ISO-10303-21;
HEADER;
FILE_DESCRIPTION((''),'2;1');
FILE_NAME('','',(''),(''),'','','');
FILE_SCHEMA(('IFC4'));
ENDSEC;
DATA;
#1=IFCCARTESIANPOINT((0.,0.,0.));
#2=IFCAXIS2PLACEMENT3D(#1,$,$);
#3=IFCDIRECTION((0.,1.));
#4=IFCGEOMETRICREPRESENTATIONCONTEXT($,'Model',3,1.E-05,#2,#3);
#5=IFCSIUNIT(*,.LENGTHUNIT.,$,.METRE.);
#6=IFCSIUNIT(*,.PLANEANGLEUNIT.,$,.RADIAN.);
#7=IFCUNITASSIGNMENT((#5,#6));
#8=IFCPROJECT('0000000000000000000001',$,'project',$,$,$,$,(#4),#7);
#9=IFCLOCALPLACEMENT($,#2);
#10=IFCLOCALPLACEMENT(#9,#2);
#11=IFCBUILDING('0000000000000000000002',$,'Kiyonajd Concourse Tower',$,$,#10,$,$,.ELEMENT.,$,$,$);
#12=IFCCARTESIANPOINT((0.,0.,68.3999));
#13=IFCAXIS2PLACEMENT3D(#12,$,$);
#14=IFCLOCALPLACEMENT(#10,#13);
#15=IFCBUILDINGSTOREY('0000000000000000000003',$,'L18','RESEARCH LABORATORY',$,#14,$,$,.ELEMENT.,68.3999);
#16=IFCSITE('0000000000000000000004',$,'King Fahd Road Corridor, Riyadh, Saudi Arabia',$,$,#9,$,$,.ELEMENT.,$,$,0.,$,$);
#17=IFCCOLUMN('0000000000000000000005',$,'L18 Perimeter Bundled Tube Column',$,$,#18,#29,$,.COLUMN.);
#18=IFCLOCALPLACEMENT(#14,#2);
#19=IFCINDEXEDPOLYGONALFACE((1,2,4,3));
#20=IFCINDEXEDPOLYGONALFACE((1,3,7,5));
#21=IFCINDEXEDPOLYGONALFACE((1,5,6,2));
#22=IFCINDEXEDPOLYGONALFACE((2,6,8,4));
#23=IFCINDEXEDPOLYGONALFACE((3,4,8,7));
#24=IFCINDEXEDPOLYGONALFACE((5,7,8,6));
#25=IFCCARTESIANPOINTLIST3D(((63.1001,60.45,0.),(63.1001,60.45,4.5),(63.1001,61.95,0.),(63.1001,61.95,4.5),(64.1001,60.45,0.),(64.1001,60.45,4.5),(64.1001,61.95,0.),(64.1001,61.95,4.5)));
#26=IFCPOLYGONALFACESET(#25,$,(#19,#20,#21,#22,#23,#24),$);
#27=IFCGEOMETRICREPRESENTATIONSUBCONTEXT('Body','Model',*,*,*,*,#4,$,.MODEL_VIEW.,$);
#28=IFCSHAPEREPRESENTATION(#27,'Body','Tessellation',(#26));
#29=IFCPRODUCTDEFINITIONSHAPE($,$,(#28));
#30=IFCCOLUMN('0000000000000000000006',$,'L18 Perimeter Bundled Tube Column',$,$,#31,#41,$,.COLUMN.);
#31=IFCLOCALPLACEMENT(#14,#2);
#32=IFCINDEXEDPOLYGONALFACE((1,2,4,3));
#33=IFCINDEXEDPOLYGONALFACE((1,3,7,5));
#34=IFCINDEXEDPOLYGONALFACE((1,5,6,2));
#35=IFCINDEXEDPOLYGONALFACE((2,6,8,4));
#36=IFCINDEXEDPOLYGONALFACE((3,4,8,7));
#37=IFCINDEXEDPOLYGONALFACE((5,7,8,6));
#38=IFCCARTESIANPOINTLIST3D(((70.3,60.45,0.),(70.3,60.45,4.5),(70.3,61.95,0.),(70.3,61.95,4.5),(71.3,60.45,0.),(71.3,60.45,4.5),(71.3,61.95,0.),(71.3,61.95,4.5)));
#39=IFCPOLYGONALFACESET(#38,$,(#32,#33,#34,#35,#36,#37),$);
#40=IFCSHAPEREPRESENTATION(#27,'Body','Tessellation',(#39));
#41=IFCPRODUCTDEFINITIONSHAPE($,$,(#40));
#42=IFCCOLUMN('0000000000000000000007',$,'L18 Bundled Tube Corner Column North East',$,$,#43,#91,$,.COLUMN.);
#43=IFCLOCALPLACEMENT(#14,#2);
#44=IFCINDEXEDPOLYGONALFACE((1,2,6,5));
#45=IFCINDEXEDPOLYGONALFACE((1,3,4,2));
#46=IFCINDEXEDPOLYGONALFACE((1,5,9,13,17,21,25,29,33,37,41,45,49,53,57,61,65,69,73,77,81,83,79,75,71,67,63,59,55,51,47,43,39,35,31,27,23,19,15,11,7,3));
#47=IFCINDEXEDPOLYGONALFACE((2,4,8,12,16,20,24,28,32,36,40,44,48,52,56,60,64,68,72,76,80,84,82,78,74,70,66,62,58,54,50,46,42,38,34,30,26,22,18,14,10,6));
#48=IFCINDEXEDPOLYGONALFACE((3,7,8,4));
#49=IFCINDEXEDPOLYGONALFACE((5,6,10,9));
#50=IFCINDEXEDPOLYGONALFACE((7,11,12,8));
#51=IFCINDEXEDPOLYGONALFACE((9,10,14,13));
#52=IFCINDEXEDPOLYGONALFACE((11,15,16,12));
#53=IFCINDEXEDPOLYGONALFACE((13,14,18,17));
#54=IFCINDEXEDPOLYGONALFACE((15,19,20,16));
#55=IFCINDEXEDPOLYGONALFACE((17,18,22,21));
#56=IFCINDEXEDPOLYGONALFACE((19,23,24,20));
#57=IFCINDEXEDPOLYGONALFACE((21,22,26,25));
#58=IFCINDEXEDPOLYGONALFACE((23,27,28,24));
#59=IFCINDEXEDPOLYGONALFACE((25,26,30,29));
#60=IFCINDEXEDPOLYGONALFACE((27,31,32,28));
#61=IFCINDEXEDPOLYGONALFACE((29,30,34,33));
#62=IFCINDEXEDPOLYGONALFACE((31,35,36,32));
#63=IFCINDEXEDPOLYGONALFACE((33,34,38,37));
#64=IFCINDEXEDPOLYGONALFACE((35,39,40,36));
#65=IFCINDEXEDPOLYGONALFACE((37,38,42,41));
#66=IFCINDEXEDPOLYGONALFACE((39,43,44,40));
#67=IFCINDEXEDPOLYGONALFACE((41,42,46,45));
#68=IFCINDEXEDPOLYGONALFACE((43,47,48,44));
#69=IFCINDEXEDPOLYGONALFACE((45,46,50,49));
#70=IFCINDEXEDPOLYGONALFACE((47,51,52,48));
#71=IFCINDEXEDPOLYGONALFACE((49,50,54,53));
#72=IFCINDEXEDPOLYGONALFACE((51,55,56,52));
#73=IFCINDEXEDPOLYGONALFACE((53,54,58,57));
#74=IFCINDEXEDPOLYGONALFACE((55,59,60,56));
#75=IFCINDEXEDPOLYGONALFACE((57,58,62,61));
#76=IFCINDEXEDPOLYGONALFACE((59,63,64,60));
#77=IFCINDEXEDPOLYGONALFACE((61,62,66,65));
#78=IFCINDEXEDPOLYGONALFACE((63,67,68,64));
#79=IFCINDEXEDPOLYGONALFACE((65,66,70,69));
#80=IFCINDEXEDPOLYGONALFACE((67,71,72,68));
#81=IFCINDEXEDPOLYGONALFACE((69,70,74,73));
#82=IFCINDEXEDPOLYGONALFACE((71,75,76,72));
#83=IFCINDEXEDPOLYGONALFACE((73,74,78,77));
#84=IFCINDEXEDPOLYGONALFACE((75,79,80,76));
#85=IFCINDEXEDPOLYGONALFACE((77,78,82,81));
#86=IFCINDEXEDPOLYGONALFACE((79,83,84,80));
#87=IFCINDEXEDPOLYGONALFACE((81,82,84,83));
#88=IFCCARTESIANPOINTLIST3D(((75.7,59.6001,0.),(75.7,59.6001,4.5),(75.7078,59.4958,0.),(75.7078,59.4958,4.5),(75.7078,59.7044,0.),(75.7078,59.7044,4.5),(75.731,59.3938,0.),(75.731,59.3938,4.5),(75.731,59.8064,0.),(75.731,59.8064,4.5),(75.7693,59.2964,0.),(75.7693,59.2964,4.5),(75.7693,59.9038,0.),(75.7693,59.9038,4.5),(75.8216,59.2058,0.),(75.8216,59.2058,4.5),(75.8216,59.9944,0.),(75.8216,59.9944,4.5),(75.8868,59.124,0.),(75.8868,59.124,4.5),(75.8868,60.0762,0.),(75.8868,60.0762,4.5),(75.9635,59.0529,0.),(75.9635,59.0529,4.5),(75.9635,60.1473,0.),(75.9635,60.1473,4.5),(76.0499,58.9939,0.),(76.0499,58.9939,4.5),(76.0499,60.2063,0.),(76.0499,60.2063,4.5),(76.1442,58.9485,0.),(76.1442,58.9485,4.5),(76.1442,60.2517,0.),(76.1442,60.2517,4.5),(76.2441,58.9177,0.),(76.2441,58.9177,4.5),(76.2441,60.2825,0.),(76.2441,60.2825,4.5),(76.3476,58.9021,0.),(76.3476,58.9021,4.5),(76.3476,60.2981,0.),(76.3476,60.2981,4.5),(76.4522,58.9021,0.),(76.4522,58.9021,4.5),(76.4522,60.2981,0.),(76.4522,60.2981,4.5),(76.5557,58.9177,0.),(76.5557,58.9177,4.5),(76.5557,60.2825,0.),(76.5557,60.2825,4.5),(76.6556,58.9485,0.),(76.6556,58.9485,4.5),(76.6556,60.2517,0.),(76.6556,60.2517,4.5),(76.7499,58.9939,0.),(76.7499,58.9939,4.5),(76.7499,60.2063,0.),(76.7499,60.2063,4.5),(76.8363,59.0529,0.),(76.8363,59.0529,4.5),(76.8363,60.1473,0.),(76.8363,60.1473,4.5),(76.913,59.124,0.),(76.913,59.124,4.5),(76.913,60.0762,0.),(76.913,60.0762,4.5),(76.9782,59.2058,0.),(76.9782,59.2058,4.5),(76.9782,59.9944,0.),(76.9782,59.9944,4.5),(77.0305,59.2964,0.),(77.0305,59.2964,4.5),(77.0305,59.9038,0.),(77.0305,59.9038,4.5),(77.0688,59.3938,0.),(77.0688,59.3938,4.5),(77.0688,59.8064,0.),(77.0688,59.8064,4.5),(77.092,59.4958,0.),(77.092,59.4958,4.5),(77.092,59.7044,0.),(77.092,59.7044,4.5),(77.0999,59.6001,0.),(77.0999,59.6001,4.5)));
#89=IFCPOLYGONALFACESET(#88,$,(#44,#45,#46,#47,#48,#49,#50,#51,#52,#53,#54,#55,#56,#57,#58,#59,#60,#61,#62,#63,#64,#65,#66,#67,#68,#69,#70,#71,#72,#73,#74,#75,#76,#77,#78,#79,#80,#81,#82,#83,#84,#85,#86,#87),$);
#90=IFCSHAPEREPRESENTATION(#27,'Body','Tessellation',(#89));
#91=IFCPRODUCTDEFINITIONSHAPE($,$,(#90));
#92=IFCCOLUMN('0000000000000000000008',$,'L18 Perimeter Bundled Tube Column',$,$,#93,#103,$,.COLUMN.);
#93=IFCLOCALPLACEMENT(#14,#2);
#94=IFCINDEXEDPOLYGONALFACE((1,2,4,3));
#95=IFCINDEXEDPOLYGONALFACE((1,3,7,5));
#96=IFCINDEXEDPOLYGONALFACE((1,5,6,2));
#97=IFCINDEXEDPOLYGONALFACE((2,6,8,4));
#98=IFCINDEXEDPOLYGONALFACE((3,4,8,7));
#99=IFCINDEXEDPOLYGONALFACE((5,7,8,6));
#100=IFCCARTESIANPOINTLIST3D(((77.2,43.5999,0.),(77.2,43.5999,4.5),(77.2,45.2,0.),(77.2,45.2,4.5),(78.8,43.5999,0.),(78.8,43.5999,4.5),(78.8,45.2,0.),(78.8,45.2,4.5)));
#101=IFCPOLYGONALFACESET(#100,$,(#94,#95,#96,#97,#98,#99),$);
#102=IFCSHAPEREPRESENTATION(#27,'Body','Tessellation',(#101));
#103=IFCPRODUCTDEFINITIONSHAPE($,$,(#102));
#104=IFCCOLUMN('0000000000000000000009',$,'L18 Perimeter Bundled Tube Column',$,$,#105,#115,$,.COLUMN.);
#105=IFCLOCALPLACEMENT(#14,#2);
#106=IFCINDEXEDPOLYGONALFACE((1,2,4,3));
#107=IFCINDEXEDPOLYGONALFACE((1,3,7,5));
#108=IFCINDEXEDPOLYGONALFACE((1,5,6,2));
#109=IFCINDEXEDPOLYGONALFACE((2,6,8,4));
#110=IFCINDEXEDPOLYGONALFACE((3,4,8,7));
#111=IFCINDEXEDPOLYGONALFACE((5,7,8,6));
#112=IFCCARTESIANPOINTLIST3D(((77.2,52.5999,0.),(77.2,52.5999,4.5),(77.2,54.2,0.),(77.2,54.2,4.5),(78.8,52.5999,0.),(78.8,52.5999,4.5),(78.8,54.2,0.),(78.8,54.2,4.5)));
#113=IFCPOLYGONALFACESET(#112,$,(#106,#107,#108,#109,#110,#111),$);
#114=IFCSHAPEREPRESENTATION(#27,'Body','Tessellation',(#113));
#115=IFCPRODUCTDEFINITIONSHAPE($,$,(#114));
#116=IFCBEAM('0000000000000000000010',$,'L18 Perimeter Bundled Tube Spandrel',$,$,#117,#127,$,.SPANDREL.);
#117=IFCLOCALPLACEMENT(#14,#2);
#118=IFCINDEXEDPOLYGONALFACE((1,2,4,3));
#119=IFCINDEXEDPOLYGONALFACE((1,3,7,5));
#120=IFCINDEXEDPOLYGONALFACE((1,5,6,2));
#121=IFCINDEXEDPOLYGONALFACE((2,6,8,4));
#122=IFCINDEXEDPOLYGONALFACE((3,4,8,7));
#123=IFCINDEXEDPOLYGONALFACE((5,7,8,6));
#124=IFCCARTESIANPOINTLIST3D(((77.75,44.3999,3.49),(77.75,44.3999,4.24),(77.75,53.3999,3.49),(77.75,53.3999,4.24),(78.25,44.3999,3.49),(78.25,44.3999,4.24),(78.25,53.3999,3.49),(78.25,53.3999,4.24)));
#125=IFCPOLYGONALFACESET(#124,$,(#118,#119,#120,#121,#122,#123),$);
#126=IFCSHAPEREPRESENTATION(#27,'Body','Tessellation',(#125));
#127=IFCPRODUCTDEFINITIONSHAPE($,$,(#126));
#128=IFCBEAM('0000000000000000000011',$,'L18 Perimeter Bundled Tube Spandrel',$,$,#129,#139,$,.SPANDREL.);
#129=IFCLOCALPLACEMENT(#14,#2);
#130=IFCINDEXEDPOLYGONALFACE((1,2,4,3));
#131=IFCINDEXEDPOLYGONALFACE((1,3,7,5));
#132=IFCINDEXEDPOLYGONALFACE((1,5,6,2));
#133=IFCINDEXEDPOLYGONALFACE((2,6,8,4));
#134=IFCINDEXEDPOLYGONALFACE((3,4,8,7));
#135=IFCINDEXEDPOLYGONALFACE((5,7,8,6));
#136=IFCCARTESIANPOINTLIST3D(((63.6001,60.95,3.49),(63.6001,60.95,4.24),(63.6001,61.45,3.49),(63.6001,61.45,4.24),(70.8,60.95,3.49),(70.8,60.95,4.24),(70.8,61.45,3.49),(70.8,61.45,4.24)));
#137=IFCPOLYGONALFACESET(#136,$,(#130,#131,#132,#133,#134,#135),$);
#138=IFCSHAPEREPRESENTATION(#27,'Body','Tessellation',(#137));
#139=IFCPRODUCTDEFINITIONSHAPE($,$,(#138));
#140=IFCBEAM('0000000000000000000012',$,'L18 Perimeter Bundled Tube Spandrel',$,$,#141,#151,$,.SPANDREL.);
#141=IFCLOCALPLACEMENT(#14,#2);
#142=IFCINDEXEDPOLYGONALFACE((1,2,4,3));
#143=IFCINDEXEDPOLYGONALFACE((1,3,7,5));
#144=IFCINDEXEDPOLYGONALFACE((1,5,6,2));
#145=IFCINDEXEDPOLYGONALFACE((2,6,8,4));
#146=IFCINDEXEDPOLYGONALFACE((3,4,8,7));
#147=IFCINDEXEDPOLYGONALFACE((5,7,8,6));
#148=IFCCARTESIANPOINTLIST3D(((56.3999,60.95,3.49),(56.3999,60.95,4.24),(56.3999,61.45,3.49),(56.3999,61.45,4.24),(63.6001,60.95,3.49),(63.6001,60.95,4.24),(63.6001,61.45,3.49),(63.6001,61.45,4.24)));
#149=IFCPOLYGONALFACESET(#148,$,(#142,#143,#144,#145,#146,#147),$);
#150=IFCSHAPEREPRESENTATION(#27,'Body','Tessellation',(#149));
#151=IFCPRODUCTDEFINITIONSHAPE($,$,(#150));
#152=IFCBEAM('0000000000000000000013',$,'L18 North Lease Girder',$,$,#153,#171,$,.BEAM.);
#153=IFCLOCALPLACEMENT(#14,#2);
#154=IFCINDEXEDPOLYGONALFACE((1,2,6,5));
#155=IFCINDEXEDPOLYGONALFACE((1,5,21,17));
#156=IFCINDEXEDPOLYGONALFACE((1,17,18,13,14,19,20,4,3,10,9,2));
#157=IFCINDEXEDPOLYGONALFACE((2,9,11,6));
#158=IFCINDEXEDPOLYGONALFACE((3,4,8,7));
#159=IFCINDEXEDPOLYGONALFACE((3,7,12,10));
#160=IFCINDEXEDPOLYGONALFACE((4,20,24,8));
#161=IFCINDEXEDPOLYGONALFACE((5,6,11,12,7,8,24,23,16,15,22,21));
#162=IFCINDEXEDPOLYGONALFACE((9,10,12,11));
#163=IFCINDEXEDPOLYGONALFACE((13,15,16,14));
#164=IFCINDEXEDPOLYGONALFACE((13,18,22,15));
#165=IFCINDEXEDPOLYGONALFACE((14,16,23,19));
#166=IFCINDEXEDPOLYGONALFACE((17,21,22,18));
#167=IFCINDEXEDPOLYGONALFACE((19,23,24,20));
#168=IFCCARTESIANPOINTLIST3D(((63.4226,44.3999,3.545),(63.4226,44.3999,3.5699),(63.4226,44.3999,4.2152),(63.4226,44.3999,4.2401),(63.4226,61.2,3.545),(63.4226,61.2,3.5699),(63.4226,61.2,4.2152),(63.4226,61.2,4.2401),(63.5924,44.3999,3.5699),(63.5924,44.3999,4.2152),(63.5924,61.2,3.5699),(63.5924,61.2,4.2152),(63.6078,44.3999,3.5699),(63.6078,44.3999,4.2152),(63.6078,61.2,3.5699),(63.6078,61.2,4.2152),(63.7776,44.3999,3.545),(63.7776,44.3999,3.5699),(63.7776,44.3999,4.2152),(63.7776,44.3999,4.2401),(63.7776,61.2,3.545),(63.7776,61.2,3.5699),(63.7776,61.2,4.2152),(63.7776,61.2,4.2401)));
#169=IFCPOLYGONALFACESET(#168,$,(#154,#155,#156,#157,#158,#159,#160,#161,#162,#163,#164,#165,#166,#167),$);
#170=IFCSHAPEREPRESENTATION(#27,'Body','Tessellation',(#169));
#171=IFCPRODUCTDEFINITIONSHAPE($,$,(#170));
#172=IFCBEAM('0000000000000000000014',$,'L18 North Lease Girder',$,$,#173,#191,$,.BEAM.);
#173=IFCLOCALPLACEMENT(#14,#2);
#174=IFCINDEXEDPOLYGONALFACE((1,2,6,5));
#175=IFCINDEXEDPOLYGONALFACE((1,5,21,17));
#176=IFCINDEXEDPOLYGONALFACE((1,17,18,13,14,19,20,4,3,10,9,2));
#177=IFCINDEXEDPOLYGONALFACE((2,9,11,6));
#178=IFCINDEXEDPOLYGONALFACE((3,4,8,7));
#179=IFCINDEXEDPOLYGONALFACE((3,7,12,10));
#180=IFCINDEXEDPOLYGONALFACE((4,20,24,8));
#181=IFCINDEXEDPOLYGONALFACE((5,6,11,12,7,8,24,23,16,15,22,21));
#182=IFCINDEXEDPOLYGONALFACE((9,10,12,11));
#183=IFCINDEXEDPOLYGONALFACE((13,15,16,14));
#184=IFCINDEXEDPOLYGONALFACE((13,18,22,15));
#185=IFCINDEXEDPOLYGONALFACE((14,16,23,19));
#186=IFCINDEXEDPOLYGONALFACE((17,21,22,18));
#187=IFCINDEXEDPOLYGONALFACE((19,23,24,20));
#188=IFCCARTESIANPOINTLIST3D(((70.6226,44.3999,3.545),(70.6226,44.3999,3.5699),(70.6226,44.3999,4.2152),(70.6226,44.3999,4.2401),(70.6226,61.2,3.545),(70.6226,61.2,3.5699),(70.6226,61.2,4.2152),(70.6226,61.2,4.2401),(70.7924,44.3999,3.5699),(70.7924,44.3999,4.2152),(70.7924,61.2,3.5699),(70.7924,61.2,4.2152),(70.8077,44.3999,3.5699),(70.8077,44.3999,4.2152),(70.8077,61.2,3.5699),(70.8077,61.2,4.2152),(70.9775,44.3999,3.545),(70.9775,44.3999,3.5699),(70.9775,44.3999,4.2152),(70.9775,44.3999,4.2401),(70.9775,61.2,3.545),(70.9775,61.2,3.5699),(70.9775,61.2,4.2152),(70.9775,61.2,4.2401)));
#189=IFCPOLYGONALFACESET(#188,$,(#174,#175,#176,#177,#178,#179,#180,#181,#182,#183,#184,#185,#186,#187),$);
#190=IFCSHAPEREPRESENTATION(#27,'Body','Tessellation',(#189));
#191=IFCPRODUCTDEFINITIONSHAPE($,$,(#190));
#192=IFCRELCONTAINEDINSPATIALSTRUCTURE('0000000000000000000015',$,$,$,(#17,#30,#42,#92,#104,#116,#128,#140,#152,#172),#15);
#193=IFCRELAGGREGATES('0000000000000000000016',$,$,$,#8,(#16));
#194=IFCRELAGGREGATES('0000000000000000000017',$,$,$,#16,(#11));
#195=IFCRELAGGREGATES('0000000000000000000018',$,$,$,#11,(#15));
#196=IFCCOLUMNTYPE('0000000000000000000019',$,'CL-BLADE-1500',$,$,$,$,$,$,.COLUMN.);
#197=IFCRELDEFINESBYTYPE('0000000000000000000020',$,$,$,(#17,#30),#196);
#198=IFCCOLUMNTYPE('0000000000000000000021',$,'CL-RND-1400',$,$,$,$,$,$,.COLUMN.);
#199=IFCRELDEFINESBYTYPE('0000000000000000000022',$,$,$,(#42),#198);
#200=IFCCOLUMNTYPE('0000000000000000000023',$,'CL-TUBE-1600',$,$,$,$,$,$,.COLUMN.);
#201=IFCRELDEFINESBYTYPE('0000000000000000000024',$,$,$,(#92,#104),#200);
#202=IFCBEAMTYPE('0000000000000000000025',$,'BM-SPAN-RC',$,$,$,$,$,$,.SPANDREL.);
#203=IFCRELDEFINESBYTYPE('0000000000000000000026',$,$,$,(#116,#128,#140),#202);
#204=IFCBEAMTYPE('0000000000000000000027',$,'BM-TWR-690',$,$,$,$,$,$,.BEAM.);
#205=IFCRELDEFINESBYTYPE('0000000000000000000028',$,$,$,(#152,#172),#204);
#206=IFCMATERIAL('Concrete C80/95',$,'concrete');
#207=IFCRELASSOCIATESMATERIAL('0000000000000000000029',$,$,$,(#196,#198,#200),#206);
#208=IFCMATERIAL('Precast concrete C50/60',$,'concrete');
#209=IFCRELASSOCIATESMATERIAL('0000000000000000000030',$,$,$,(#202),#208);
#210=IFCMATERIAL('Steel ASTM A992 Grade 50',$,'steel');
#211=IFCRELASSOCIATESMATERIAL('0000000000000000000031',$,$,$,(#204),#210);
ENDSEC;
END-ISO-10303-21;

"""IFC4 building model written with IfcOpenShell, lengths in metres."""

from ifc_helpers import new_model, si_unit, direction, frame, origin, origin_2d, place, context, subcontext, project, spatial, rectangle, circle, i_section, extrude, material, material_profile, profile_set, type_object, element, save


model = new_model("IFC4")

# Units and contexts
model_context = context("Model", 3, precision=1e-05, world=origin(), true_north=direction((0.0, 1.0)))
body_context = subcontext(model_context, "Body", "Model", "MODEL_VIEW")
ifc_project = project(units=[si_unit("LENGTHUNIT", "METRE"), si_unit("PLANEANGLEUNIT", "RADIAN")], contexts=[model_context])

# Site, building, storey
site_placement = place(None, origin())
site = spatial("IfcSite", under=ifc_project, at=site_placement, Name="King Fahd Road Corridor, Riyadh, Saudi Arabia", CompositionType="ELEMENT", RefElevation=0.0)
building_placement = place(site_placement, origin())
building = spatial("IfcBuilding", under=site, at=building_placement, Name="Kiyonajd Concourse Tower", CompositionType="ELEMENT")
storey_placement = place(building_placement, frame((0.0, 0.0, 68.3999)))
storey = spatial("IfcBuildingStorey", under=building, at=storey_placement, Name="L18", Description="RESEARCH LABORATORY", CompositionType="ELEMENT", Elevation=68.3999)

# Columns
ifc_material_1 = material(Name="Concrete C80/95", Category="concrete")
ifc_material_profile_1 = material_profile(ifc_material_1, rectangle(XDim=1.0, YDim=1.5, at=origin_2d()), Name="RC-1500x1000")
ifc_profile_set_1 = profile_set([ifc_material_profile_1], Name="Concrete C80/95")
column_type_1 = type_object("IfcColumnType", Name="CL-BLADE-1500", PredefinedType="COLUMN", material=ifc_profile_set_1)
for number, where, z_axis, x_axis, name in (
    (1, (63.6001, 61.2, 0.0), (0.0, 0.0, 1.0), (1.0, 0.0, 0.0), "L18 Perimeter Bundled Tube Column"),
    (2, (70.8, 61.2, 0.0), (0.0, 0.0, 1.0), (1.0, 0.0, 0.0), "L18 Perimeter Bundled Tube Column"),
):
    element("IfcColumn", number, at=place(storey_placement, frame(where, z_axis=z_axis, x_axis=x_axis)), inside=storey, type_object=column_type_1, Name=name, PredefinedType="COLUMN", context=body_context, shape_type="SweptSolid", body=[
        extrude(rectangle(XDim=1.0, YDim=1.5, at=origin_2d()), origin(), (0.0, 0.0, 1.0), 4.5),
    ])
ifc_material_profile_2 = material_profile(ifc_material_1, circle(Radius=0.7, at=origin_2d()), Name="RCC-D1400")
ifc_profile_set_2 = profile_set([ifc_material_profile_2], Name="Concrete C80/95")
column_type_2 = type_object("IfcColumnType", Name="CL-RND-1400", PredefinedType="COLUMN", material=ifc_profile_set_2)
column_placement = place(storey_placement, frame((76.3999, 59.6001, 0.0), z_axis=(0.0, 0.0, 1.0), x_axis=(1.0, 0.0, 0.0)))
element("IfcColumn", 3, at=column_placement, inside=storey, type_object=column_type_2, Name="L18 Bundled Tube Corner Column North East", PredefinedType="COLUMN", context=body_context, shape_type="SweptSolid", body=[
    extrude(circle(Radius=0.7, at=origin_2d()), origin(), (0.0, 0.0, 1.0), 4.5),
])
ifc_material_profile_3 = material_profile(ifc_material_1, rectangle(XDim=1.6001, YDim=1.6001, at=origin_2d()), Name="RC-1600x1600")
ifc_profile_set_3 = profile_set([ifc_material_profile_3], Name="Concrete C80/95")
column_type_3 = type_object("IfcColumnType", Name="CL-TUBE-1600", PredefinedType="COLUMN", material=ifc_profile_set_3)
for number, where, z_axis, x_axis, name in (
    (4, (78.0, 44.3999, 0.0), (0.0, 0.0, 1.0), (1.0, 0.0, 0.0), "L18 Perimeter Bundled Tube Column"),
    (5, (78.0, 53.3999, 0.0), (0.0, 0.0, 1.0), (1.0, 0.0, 0.0), "L18 Perimeter Bundled Tube Column"),
):
    element("IfcColumn", number, at=place(storey_placement, frame(where, z_axis=z_axis, x_axis=x_axis)), inside=storey, type_object=column_type_3, Name=name, PredefinedType="COLUMN", context=body_context, shape_type="SweptSolid", body=[
        extrude(rectangle(XDim=1.6001, YDim=1.6001, at=origin_2d()), origin(), (0.0, 0.0, 1.0), 4.5),
    ])

# Beams
ifc_material_2 = material(Name="Precast concrete C50/60", Category="concrete")
ifc_material_profile_4 = material_profile(ifc_material_2, rectangle(XDim=0.5, YDim=0.75, at=origin_2d()), Name="RCBM-500x750")
ifc_profile_set_4 = profile_set([ifc_material_profile_4], Name="Precast concrete C50/60")
beam_type_1 = type_object("IfcBeamType", Name="BM-SPAN-RC", PredefinedType="SPANDREL", material=ifc_profile_set_4)
beam_1_placement = place(storey_placement, frame((78.0, 44.3999, 3.865), z_axis=(0.0, 1.0, 0.0), x_axis=(-1.0, 0.0, 0.0)))
element("IfcBeam", 6, at=beam_1_placement, inside=storey, type_object=beam_type_1, Name="L18 Perimeter Bundled Tube Spandrel", PredefinedType="SPANDREL", context=body_context, shape_type="SweptSolid", body=[
    extrude(rectangle(XDim=0.5, YDim=0.75, at=origin_2d()), origin(), (0.0, 0.0, 1.0), 9.0),
])
beam_2_placement = place(storey_placement, frame((70.8, 61.2, 3.865), z_axis=(-1.0, 0.0, 0.0), x_axis=(0.0, -1.0, 0.0)))
element("IfcBeam", 7, at=beam_2_placement, inside=storey, type_object=beam_type_1, Name="L18 Perimeter Bundled Tube Spandrel", PredefinedType="SPANDREL", context=body_context, shape_type="SweptSolid", body=[
    extrude(rectangle(XDim=0.5, YDim=0.75, at=origin_2d()), origin(), (0.0, 0.0, 1.0), 7.2),
])
beam_3_placement = place(storey_placement, frame((63.6001, 61.2, 3.865), z_axis=(-1.0, 0.0, 0.0), x_axis=(0.0, -1.0, 0.0)))
element("IfcBeam", 8, at=beam_3_placement, inside=storey, type_object=beam_type_1, Name="L18 Perimeter Bundled Tube Spandrel", PredefinedType="SPANDREL", context=body_context, shape_type="SweptSolid", body=[
    extrude(rectangle(XDim=0.5, YDim=0.75, at=origin_2d()), origin(), (0.0, 0.0, 1.0), 7.2002),
])
ifc_material_3 = material(Name="Steel ASTM A992 Grade 50", Category="steel")
ifc_material_profile_5 = material_profile(ifc_material_3, i_section(OverallWidth=0.355, OverallDepth=0.6951, WebThickness=0.0154, FlangeThickness=0.0249, at=origin_2d()), Name="W690X217")
ifc_profile_set_5 = profile_set([ifc_material_profile_5], Name="Steel ASTM A992 Grade 50")
beam_type_2 = type_object("IfcBeamType", Name="BM-TWR-690", PredefinedType="BEAM", material=ifc_profile_set_5)
for number, where, z_axis, x_axis, name in (
    (9, (63.6001, 44.3999, 3.8926), (0.0, 1.0, 0.0), (-1.0, 0.0, 0.0), "L18 North Lease Girder"),
    (10, (70.8, 44.3999, 3.8926), (0.0, 1.0, 0.0), (-1.0, 0.0, 0.0), "L18 North Lease Girder"),
):
    element("IfcBeam", number, at=place(storey_placement, frame(where, z_axis=z_axis, x_axis=x_axis)), inside=storey, type_object=beam_type_2, Name=name, PredefinedType="BEAM", context=body_context, shape_type="SweptSolid", body=[
        extrude(i_section(OverallWidth=0.355, OverallDepth=0.6951, WebThickness=0.0154, FlangeThickness=0.0249, at=origin_2d()), origin(), (0.0, 0.0, 1.0), 16.8),
    ])

save(model, "model.ifc")
